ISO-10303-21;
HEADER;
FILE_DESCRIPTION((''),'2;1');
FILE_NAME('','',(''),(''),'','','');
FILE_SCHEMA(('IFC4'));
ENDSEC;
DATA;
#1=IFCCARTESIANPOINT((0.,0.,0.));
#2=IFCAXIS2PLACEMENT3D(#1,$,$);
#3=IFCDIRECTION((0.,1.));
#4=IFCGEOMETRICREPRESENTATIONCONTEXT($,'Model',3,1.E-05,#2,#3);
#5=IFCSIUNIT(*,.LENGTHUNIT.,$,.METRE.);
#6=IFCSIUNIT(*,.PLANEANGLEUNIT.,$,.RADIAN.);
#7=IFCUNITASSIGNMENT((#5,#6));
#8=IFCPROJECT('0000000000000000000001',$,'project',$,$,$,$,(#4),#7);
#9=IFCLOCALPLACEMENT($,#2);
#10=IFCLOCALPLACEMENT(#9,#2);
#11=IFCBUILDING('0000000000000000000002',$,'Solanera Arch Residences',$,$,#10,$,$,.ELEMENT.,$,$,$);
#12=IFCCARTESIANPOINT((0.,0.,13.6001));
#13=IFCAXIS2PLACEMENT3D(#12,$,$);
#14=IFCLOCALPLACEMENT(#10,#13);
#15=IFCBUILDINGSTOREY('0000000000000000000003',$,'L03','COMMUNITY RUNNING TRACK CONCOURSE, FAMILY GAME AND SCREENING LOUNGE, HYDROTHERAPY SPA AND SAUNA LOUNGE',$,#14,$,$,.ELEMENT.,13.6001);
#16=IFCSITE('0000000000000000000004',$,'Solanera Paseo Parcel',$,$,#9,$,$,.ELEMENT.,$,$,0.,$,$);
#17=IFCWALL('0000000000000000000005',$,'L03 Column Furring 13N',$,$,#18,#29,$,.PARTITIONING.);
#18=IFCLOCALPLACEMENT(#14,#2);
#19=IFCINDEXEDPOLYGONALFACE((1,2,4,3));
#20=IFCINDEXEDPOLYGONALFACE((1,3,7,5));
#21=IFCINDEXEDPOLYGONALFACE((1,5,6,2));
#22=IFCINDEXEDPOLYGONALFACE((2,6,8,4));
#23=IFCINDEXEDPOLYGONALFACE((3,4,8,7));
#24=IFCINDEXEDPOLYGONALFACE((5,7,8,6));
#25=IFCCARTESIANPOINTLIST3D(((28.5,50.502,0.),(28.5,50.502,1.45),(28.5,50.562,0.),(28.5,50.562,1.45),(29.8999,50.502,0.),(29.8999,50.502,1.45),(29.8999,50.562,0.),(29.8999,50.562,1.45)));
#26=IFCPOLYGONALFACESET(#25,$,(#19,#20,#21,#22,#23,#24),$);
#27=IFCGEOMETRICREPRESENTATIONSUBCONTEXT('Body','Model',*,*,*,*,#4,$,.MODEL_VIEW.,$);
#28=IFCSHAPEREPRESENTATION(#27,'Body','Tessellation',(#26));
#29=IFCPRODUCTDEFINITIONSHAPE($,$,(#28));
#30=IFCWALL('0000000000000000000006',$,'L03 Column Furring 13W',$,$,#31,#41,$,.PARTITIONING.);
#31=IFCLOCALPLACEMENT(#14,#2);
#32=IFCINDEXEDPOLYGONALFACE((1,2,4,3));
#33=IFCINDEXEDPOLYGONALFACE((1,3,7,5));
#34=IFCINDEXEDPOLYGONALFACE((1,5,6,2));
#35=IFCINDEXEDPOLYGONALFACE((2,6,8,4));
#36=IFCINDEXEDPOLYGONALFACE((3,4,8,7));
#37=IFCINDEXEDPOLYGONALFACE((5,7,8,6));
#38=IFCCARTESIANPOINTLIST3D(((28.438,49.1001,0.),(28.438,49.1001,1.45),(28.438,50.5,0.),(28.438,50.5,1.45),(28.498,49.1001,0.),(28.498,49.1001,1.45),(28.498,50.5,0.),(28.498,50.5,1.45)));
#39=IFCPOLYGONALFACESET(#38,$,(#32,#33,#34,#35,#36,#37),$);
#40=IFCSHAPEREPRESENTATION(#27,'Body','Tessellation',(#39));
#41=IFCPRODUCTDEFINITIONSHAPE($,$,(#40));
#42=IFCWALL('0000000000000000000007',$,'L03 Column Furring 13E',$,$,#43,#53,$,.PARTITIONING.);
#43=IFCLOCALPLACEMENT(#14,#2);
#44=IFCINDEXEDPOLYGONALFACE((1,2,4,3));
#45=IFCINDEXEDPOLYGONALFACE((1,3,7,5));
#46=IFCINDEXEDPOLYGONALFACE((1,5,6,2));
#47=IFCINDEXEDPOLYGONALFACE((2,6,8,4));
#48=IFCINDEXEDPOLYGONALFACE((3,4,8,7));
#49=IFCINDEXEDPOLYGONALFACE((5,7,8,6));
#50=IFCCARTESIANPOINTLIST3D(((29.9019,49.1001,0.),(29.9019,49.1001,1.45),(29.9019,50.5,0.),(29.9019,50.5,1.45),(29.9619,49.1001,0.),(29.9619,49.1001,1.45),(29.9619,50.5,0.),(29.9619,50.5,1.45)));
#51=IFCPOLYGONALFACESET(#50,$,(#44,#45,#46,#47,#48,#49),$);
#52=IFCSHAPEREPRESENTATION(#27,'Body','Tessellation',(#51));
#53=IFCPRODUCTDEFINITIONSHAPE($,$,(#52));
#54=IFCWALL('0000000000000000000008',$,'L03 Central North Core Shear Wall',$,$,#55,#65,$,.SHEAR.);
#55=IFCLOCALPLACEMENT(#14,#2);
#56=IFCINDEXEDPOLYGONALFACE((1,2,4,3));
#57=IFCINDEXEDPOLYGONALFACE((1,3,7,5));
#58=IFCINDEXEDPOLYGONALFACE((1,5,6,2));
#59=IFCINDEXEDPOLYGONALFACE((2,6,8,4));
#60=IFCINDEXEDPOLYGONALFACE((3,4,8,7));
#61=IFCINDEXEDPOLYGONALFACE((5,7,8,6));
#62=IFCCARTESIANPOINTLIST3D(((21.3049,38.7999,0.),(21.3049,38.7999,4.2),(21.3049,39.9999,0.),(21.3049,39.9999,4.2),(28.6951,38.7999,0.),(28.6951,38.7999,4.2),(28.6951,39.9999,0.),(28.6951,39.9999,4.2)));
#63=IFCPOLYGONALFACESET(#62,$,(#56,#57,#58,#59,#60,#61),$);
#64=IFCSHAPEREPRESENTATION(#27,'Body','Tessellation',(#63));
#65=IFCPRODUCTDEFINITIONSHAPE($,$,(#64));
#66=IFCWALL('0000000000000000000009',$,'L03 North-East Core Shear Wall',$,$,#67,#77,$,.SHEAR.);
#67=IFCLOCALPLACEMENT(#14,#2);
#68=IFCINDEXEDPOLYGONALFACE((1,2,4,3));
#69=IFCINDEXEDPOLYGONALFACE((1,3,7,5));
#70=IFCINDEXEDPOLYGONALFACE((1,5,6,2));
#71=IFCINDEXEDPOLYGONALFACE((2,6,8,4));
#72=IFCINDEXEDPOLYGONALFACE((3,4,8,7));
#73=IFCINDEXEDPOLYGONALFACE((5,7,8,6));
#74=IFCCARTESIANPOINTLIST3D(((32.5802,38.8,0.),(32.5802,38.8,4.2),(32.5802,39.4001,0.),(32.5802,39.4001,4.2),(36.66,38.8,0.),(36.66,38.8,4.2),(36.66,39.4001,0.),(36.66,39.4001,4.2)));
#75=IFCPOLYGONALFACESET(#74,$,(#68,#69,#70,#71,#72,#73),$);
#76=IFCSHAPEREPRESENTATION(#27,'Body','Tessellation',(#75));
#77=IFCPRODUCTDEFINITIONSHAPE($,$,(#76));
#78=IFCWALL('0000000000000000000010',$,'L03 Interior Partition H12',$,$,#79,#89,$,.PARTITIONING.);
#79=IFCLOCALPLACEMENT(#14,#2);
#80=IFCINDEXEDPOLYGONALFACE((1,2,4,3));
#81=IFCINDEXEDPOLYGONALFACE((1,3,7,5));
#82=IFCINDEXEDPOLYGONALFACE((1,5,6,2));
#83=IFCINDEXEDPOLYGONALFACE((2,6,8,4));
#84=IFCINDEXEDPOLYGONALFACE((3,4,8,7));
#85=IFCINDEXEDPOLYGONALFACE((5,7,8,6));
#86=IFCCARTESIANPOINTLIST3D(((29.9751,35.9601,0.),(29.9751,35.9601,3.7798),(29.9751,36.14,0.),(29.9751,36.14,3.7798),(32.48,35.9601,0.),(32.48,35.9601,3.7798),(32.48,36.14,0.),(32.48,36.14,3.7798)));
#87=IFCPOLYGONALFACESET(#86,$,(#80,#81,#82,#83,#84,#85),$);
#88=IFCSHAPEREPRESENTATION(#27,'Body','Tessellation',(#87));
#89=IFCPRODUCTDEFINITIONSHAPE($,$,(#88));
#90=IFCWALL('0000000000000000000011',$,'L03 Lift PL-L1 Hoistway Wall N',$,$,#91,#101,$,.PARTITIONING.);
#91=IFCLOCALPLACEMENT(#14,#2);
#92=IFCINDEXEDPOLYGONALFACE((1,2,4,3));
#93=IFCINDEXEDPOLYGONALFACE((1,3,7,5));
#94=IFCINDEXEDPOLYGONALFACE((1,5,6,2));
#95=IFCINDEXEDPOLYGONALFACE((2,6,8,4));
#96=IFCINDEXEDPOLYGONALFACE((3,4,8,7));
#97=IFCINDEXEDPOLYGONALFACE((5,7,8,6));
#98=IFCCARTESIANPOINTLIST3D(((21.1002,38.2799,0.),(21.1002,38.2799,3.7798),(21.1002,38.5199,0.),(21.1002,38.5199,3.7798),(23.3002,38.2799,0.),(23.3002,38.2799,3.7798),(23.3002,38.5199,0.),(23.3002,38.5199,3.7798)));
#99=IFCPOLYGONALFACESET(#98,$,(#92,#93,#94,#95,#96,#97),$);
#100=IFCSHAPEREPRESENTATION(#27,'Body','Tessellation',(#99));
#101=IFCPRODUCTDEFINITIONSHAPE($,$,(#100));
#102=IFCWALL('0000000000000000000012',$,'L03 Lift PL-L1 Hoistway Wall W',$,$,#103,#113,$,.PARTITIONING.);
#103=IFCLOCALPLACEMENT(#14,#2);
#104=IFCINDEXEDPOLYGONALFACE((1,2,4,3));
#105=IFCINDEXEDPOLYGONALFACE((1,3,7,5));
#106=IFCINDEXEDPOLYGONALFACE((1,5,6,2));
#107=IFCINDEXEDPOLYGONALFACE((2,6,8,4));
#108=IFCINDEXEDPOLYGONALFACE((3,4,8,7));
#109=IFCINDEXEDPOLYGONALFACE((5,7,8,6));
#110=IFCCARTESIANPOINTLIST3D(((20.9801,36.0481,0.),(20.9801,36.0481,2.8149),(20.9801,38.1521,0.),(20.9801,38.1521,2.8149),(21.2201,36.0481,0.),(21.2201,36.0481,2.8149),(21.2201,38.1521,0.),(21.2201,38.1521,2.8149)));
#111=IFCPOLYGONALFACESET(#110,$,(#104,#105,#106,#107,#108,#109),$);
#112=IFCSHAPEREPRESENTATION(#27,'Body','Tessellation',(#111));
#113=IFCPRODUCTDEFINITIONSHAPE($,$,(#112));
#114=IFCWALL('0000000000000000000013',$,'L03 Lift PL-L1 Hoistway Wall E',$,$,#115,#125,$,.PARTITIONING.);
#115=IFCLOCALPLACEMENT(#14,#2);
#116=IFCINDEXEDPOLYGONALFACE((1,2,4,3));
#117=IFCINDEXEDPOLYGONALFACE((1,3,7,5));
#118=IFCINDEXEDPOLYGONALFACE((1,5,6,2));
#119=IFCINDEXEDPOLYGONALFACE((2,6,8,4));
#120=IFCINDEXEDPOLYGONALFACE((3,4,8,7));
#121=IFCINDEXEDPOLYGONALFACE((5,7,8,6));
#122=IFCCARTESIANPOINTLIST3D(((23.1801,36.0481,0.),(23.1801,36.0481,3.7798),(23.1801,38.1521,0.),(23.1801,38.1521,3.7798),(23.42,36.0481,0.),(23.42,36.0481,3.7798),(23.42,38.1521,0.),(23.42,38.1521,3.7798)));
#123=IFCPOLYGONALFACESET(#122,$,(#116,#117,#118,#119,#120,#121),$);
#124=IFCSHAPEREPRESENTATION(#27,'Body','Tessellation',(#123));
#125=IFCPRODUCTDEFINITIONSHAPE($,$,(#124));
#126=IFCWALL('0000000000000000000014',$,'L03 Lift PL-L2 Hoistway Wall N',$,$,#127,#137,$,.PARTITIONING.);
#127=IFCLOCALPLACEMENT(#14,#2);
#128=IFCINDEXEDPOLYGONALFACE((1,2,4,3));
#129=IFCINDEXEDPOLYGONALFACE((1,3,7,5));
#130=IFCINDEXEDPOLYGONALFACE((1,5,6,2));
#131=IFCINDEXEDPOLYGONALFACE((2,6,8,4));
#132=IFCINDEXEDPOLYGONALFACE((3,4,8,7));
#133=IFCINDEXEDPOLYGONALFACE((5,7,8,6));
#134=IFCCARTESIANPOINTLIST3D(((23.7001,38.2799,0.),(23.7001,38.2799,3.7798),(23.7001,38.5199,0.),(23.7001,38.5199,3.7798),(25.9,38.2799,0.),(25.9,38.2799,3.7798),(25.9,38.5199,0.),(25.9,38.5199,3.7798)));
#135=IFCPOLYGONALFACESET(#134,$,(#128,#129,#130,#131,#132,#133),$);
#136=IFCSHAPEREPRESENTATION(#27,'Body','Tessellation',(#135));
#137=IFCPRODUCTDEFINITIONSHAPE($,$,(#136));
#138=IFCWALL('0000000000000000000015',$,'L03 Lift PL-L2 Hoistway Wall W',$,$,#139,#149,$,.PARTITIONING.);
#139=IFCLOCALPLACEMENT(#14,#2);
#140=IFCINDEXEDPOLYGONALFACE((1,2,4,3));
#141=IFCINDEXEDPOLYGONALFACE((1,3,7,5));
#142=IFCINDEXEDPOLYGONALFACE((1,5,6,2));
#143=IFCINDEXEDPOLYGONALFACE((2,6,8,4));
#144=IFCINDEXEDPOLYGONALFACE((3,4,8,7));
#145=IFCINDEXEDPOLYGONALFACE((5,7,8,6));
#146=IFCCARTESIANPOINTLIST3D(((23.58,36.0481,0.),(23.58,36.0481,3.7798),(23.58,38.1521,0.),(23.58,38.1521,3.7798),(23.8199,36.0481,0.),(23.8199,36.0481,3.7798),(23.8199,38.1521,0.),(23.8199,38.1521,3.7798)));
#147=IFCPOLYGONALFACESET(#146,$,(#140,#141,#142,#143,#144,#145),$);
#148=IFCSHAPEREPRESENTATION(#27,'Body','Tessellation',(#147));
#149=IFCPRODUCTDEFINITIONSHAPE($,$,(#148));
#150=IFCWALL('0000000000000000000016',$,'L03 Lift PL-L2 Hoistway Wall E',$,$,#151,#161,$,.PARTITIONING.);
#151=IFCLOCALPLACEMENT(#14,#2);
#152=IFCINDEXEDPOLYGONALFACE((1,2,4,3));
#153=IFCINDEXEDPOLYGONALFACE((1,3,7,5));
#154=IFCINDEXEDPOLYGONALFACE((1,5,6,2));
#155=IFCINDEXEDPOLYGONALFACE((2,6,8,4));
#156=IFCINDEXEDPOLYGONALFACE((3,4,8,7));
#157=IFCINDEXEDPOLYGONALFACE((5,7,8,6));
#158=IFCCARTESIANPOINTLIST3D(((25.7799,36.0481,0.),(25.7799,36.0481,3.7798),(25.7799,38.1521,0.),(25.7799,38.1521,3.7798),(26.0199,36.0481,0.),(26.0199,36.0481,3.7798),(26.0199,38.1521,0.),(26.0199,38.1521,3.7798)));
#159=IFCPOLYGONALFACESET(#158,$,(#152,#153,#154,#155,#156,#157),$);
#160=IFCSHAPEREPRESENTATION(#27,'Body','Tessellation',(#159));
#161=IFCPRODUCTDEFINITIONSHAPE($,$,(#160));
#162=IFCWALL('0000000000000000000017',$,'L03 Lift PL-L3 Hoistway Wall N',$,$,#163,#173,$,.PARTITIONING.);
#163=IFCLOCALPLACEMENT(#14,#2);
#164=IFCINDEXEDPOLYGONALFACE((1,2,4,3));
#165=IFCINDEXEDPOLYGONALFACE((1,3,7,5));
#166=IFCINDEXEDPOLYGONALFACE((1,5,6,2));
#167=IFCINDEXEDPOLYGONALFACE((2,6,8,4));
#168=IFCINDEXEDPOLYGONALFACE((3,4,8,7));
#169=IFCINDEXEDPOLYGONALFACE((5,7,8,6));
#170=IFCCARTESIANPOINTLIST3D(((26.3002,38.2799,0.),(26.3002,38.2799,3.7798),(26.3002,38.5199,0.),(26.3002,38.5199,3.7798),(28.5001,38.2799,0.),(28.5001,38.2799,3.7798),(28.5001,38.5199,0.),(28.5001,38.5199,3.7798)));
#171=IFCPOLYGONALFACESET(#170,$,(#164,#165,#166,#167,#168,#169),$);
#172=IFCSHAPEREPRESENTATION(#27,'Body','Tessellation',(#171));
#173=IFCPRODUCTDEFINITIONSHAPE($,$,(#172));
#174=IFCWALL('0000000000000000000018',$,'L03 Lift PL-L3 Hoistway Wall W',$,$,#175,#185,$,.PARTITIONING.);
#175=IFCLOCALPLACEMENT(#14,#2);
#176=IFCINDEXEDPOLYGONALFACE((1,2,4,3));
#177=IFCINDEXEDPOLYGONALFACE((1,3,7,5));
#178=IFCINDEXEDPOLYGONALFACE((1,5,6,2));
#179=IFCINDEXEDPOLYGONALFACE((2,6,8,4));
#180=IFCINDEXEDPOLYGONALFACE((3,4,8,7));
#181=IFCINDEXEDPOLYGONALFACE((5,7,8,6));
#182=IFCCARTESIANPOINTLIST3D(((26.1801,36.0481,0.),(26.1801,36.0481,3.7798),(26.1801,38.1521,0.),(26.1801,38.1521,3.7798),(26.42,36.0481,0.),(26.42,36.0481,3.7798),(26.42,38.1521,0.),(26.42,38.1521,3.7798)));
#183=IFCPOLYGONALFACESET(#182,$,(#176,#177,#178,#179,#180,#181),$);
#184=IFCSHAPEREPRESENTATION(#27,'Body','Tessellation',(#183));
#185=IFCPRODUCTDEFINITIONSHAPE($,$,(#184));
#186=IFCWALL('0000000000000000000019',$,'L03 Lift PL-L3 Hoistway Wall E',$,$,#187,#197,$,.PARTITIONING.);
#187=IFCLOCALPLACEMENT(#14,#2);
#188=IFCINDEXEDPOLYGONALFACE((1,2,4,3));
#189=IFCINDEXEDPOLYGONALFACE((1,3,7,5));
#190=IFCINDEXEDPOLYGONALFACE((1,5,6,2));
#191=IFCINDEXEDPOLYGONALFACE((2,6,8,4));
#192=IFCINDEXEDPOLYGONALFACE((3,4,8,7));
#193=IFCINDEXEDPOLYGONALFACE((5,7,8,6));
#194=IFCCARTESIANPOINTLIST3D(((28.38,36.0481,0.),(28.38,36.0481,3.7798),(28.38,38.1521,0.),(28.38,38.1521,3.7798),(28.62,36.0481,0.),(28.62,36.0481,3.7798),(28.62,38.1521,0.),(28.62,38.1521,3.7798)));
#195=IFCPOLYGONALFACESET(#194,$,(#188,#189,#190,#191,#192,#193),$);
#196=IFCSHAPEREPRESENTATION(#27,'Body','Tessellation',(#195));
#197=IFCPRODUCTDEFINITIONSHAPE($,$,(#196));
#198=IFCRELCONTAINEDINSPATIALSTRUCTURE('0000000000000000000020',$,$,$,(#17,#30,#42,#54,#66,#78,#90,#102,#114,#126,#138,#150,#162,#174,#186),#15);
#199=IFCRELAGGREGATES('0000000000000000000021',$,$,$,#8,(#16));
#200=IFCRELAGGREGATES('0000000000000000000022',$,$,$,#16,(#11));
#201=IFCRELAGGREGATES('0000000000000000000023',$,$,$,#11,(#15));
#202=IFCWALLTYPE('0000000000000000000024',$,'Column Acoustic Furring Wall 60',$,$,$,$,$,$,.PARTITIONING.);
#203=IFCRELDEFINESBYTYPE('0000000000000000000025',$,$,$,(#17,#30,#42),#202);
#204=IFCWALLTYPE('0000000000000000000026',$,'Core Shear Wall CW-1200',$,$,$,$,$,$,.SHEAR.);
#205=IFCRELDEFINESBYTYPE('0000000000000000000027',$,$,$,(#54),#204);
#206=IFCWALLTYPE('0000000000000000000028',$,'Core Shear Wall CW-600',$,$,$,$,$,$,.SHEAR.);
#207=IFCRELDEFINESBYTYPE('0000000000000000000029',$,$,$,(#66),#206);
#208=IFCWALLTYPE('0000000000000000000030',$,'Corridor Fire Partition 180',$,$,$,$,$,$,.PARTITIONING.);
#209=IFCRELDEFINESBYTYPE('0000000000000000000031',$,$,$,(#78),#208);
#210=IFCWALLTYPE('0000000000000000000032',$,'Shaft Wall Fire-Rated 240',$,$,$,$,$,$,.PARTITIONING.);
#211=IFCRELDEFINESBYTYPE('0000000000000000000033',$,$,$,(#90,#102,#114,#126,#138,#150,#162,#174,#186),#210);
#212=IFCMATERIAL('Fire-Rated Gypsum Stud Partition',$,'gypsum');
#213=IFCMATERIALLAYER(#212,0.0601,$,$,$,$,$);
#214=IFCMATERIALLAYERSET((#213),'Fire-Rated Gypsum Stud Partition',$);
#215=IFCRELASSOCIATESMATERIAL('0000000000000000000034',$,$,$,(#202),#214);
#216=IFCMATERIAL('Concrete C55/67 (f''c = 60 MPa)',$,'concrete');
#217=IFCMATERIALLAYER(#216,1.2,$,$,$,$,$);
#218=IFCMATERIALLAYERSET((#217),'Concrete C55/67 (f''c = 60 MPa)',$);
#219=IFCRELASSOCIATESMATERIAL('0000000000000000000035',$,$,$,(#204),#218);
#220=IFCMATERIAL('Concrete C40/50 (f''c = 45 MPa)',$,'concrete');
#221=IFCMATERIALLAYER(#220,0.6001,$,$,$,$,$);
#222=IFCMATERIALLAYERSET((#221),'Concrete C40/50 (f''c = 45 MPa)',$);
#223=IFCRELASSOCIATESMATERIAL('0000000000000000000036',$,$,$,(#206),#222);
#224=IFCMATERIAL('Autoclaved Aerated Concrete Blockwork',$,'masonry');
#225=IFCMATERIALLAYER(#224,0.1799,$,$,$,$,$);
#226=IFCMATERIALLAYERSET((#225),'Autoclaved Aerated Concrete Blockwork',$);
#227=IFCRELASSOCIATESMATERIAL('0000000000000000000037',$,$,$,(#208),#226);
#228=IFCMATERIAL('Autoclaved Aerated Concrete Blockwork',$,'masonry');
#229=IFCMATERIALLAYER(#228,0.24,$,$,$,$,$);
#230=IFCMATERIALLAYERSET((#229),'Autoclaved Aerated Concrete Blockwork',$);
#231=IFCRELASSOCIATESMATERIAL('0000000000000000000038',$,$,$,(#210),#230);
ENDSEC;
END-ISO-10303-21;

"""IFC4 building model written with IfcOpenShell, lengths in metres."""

from ifc_helpers import new_model, si_unit, direction, frame, frame_2d, origin, place, context, subcontext, project, spatial, rectangle, extrude, material, layer, layer_set, type_object, element, save


model = new_model("IFC4")

# Units and contexts
model_context = context("Model", 3, precision=1e-05, world=origin(), true_north=direction((0.0, 1.0)))
body_context = subcontext(model_context, "Body", "Model", "MODEL_VIEW")
ifc_project = project(units=[si_unit("LENGTHUNIT", "METRE"), si_unit("PLANEANGLEUNIT", "RADIAN")], contexts=[model_context])

# Site, building, storey
site_placement = place(None, origin())
site = spatial("IfcSite", under=ifc_project, at=site_placement, Name="Solanera Paseo Parcel", CompositionType="ELEMENT", RefElevation=0.0)
building_placement = place(site_placement, origin())
building = spatial("IfcBuilding", under=site, at=building_placement, Name="Solanera Arch Residences", CompositionType="ELEMENT")
storey_placement = place(building_placement, frame((0.0, 0.0, 13.6001)))
storey = spatial("IfcBuildingStorey", under=building, at=storey_placement, Name="L03", Description="COMMUNITY RUNNING TRACK CONCOURSE, FAMILY GAME AND SCREENING LOUNGE, HYDROTHERAPY SPA AND SAUNA LOUNGE", CompositionType="ELEMENT", Elevation=13.6001)

# Walls
ifc_material_1 = material(Name="Fire-Rated Gypsum Stud Partition", Category="gypsum")
ifc_layer_1 = layer(ifc_material_1, 0.0601)
ifc_layer_set_1 = layer_set([ifc_layer_1], Name="Fire-Rated Gypsum Stud Partition")
wall_type_1 = type_object("IfcWallType", Name="Column Acoustic Furring Wall 60", PredefinedType="PARTITIONING", material=ifc_layer_set_1)
for number, where, z_axis, x_axis, name in (
    (1, (28.5, 50.532, 0.0), (0.0, 0.0, 1.0), (1.0, 0.0, 0.0), "L03 Column Furring 13N"),
    (2, (28.468, 49.1001, 0.0), (0.0, 0.0, 1.0), (0.0, 1.0, 0.0), "L03 Column Furring 13W"),
    (3, (29.9319, 49.1001, 0.0), (0.0, 0.0, 1.0), (0.0, 1.0, 0.0), "L03 Column Furring 13E"),
):
    element("IfcWall", number, at=place(storey_placement, frame(where, z_axis=z_axis, x_axis=x_axis)), inside=storey, type_object=wall_type_1, Name=name, PredefinedType="PARTITIONING", context=body_context, shape_type="SweptSolid", body=[
        extrude(rectangle(XDim=1.3999, YDim=0.0601, at=frame_2d((0.7, 0.0))), origin(), (0.0, 0.0, 1.0), 1.45),
    ])
ifc_material_2 = material(Name="Concrete C55/67 (f'c = 60 MPa)", Category="concrete")
ifc_layer_2 = layer(ifc_material_2, 1.2)
ifc_layer_set_2 = layer_set([ifc_layer_2], Name="Concrete C55/67 (f'c = 60 MPa)")
wall_type_2 = type_object("IfcWallType", Name="Core Shear Wall CW-1200", PredefinedType="SHEAR", material=ifc_layer_set_2)
wall_1_placement = place(storey_placement, frame((21.3049, 39.3999, 0.0), z_axis=(0.0, 0.0, 1.0), x_axis=(1.0, 0.0, 0.0)))
element("IfcWall", 4, at=wall_1_placement, inside=storey, type_object=wall_type_2, Name="L03 Central North Core Shear Wall", PredefinedType="SHEAR", context=body_context, shape_type="SweptSolid", body=[
    extrude(rectangle(XDim=7.3901, YDim=1.2, at=frame_2d((3.6951, 0.0))), origin(), (0.0, 0.0, 1.0), 4.2),
])
ifc_material_3 = material(Name="Concrete C40/50 (f'c = 45 MPa)", Category="concrete")
ifc_layer_3 = layer(ifc_material_3, 0.6001)
ifc_layer_set_3 = layer_set([ifc_layer_3], Name="Concrete C40/50 (f'c = 45 MPa)")
wall_type_3 = type_object("IfcWallType", Name="Core Shear Wall CW-600", PredefinedType="SHEAR", material=ifc_layer_set_3)
wall_2_placement = place(storey_placement, frame((32.5801, 39.1001, 0.0), z_axis=(0.0, 0.0, 1.0), x_axis=(1.0, 0.0, 0.0)))
element("IfcWall", 5, at=wall_2_placement, inside=storey, type_object=wall_type_3, Name="L03 North-East Core Shear Wall", PredefinedType="SHEAR", context=body_context, shape_type="SweptSolid", body=[
    extrude(rectangle(XDim=4.0798, YDim=0.6001, at=frame_2d((2.04, 0.0))), origin(), (0.0, 0.0, 1.0), 4.2),
])
ifc_material_4 = material(Name="Autoclaved Aerated Concrete Blockwork", Category="masonry")
ifc_layer_4 = layer(ifc_material_4, 0.1799)
ifc_layer_set_4 = layer_set([ifc_layer_4], Name="Autoclaved Aerated Concrete Blockwork")
wall_type_4 = type_object("IfcWallType", Name="Corridor Fire Partition 180", PredefinedType="PARTITIONING", material=ifc_layer_set_4)
wall_3_placement = place(storey_placement, frame((29.9751, 36.05, 0.0), z_axis=(0.0, 0.0, 1.0), x_axis=(1.0, 0.0, 0.0)))
element("IfcWall", 6, at=wall_3_placement, inside=storey, type_object=wall_type_4, Name="L03 Interior Partition H12", PredefinedType="PARTITIONING", context=body_context, shape_type="SweptSolid", body=[
    extrude(rectangle(XDim=2.5049, YDim=0.1799, at=frame_2d((1.2524, 0.0))), origin(), (0.0, 0.0, 1.0), 3.7798),
])
ifc_material_5 = material(Name="Autoclaved Aerated Concrete Blockwork", Category="masonry")
ifc_layer_5 = layer(ifc_material_5, 0.24)
ifc_layer_set_5 = layer_set([ifc_layer_5], Name="Autoclaved Aerated Concrete Blockwork")
wall_type_5 = type_object("IfcWallType", Name="Shaft Wall Fire-Rated 240", PredefinedType="PARTITIONING", material=ifc_layer_set_5)
wall_4_placement = place(storey_placement, frame((21.1001, 38.3999, 0.0), z_axis=(0.0, 0.0, 1.0), x_axis=(1.0, 0.0, 0.0)))
element("IfcWall", 7, at=wall_4_placement, inside=storey, type_object=wall_type_5, Name="L03 Lift PL-L1 Hoistway Wall N", PredefinedType="PARTITIONING", context=body_context, shape_type="SweptSolid", body=[
    extrude(rectangle(XDim=2.2, YDim=0.24, at=frame_2d((1.1001, 0.0))), origin(), (0.0, 0.0, 1.0), 3.7798),
])
wall_5_placement = place(storey_placement, frame((21.1001, 36.0481, 0.0), z_axis=(0.0, 0.0, 1.0), x_axis=(0.0, 1.0, 0.0)))
element("IfcWall", 8, at=wall_5_placement, inside=storey, type_object=wall_type_5, Name="L03 Lift PL-L1 Hoistway Wall W", PredefinedType="PARTITIONING", context=body_context, shape_type="SweptSolid", body=[
    extrude(rectangle(XDim=2.104, YDim=0.24, at=frame_2d((1.052, 0.0))), origin(), (0.0, 0.0, 1.0), 2.8149),
])
wall_6_placement = place(storey_placement, frame((23.3, 36.0481, 0.0), z_axis=(0.0, 0.0, 1.0), x_axis=(0.0, 1.0, 0.0)))
element("IfcWall", 9, at=wall_6_placement, inside=storey, type_object=wall_type_5, Name="L03 Lift PL-L1 Hoistway Wall E", PredefinedType="PARTITIONING", context=body_context, shape_type="SweptSolid", body=[
    extrude(rectangle(XDim=2.104, YDim=0.24, at=frame_2d((1.052, 0.0))), origin(), (0.0, 0.0, 1.0), 3.7798),
])
wall_7_placement = place(storey_placement, frame((23.7, 38.3999, 0.0), z_axis=(0.0, 0.0, 1.0), x_axis=(1.0, 0.0, 0.0)))
element("IfcWall", 10, at=wall_7_placement, inside=storey, type_object=wall_type_5, Name="L03 Lift PL-L2 Hoistway Wall N", PredefinedType="PARTITIONING", context=body_context, shape_type="SweptSolid", body=[
    extrude(rectangle(XDim=2.2, YDim=0.24, at=frame_2d((1.1001, 0.0))), origin(), (0.0, 0.0, 1.0), 3.7798),
])
for number, where, z_axis, x_axis, name in (
    (11, (23.7, 36.0481, 0.0), (0.0, 0.0, 1.0), (0.0, 1.0, 0.0), "L03 Lift PL-L2 Hoistway Wall W"),
    (12, (25.8999, 36.0481, 0.0), (0.0, 0.0, 1.0), (0.0, 1.0, 0.0), "L03 Lift PL-L2 Hoistway Wall E"),
):
    element("IfcWall", number, at=place(storey_placement, frame(where, z_axis=z_axis, x_axis=x_axis)), inside=storey, type_object=wall_type_5, Name=name, PredefinedType="PARTITIONING", context=body_context, shape_type="SweptSolid", body=[
        extrude(rectangle(XDim=2.104, YDim=0.24, at=frame_2d((1.052, 0.0))), origin(), (0.0, 0.0, 1.0), 3.7798),
    ])
wall_8_placement = place(storey_placement, frame((26.3, 38.3999, 0.0), z_axis=(0.0, 0.0, 1.0), x_axis=(1.0, 0.0, 0.0)))
element("IfcWall", 13, at=wall_8_placement, inside=storey, type_object=wall_type_5, Name="L03 Lift PL-L3 Hoistway Wall N", PredefinedType="PARTITIONING", context=body_context, shape_type="SweptSolid", body=[
    extrude(rectangle(XDim=2.2, YDim=0.24, at=frame_2d((1.1001, 0.0))), origin(), (0.0, 0.0, 1.0), 3.7798),
])
for number, where, z_axis, x_axis, name in (
    (14, (26.3, 36.0481, 0.0), (0.0, 0.0, 1.0), (0.0, 1.0, 0.0), "L03 Lift PL-L3 Hoistway Wall W"),
    (15, (28.5, 36.0481, 0.0), (0.0, 0.0, 1.0), (0.0, 1.0, 0.0), "L03 Lift PL-L3 Hoistway Wall E"),
):
    element("IfcWall", number, at=place(storey_placement, frame(where, z_axis=z_axis, x_axis=x_axis)), inside=storey, type_object=wall_type_5, Name=name, PredefinedType="PARTITIONING", context=body_context, shape_type="SweptSolid", body=[
        extrude(rectangle(XDim=2.104, YDim=0.24, at=frame_2d((1.052, 0.0))), origin(), (0.0, 0.0, 1.0), 3.7798),
    ])

save(model, "model.ifc")
